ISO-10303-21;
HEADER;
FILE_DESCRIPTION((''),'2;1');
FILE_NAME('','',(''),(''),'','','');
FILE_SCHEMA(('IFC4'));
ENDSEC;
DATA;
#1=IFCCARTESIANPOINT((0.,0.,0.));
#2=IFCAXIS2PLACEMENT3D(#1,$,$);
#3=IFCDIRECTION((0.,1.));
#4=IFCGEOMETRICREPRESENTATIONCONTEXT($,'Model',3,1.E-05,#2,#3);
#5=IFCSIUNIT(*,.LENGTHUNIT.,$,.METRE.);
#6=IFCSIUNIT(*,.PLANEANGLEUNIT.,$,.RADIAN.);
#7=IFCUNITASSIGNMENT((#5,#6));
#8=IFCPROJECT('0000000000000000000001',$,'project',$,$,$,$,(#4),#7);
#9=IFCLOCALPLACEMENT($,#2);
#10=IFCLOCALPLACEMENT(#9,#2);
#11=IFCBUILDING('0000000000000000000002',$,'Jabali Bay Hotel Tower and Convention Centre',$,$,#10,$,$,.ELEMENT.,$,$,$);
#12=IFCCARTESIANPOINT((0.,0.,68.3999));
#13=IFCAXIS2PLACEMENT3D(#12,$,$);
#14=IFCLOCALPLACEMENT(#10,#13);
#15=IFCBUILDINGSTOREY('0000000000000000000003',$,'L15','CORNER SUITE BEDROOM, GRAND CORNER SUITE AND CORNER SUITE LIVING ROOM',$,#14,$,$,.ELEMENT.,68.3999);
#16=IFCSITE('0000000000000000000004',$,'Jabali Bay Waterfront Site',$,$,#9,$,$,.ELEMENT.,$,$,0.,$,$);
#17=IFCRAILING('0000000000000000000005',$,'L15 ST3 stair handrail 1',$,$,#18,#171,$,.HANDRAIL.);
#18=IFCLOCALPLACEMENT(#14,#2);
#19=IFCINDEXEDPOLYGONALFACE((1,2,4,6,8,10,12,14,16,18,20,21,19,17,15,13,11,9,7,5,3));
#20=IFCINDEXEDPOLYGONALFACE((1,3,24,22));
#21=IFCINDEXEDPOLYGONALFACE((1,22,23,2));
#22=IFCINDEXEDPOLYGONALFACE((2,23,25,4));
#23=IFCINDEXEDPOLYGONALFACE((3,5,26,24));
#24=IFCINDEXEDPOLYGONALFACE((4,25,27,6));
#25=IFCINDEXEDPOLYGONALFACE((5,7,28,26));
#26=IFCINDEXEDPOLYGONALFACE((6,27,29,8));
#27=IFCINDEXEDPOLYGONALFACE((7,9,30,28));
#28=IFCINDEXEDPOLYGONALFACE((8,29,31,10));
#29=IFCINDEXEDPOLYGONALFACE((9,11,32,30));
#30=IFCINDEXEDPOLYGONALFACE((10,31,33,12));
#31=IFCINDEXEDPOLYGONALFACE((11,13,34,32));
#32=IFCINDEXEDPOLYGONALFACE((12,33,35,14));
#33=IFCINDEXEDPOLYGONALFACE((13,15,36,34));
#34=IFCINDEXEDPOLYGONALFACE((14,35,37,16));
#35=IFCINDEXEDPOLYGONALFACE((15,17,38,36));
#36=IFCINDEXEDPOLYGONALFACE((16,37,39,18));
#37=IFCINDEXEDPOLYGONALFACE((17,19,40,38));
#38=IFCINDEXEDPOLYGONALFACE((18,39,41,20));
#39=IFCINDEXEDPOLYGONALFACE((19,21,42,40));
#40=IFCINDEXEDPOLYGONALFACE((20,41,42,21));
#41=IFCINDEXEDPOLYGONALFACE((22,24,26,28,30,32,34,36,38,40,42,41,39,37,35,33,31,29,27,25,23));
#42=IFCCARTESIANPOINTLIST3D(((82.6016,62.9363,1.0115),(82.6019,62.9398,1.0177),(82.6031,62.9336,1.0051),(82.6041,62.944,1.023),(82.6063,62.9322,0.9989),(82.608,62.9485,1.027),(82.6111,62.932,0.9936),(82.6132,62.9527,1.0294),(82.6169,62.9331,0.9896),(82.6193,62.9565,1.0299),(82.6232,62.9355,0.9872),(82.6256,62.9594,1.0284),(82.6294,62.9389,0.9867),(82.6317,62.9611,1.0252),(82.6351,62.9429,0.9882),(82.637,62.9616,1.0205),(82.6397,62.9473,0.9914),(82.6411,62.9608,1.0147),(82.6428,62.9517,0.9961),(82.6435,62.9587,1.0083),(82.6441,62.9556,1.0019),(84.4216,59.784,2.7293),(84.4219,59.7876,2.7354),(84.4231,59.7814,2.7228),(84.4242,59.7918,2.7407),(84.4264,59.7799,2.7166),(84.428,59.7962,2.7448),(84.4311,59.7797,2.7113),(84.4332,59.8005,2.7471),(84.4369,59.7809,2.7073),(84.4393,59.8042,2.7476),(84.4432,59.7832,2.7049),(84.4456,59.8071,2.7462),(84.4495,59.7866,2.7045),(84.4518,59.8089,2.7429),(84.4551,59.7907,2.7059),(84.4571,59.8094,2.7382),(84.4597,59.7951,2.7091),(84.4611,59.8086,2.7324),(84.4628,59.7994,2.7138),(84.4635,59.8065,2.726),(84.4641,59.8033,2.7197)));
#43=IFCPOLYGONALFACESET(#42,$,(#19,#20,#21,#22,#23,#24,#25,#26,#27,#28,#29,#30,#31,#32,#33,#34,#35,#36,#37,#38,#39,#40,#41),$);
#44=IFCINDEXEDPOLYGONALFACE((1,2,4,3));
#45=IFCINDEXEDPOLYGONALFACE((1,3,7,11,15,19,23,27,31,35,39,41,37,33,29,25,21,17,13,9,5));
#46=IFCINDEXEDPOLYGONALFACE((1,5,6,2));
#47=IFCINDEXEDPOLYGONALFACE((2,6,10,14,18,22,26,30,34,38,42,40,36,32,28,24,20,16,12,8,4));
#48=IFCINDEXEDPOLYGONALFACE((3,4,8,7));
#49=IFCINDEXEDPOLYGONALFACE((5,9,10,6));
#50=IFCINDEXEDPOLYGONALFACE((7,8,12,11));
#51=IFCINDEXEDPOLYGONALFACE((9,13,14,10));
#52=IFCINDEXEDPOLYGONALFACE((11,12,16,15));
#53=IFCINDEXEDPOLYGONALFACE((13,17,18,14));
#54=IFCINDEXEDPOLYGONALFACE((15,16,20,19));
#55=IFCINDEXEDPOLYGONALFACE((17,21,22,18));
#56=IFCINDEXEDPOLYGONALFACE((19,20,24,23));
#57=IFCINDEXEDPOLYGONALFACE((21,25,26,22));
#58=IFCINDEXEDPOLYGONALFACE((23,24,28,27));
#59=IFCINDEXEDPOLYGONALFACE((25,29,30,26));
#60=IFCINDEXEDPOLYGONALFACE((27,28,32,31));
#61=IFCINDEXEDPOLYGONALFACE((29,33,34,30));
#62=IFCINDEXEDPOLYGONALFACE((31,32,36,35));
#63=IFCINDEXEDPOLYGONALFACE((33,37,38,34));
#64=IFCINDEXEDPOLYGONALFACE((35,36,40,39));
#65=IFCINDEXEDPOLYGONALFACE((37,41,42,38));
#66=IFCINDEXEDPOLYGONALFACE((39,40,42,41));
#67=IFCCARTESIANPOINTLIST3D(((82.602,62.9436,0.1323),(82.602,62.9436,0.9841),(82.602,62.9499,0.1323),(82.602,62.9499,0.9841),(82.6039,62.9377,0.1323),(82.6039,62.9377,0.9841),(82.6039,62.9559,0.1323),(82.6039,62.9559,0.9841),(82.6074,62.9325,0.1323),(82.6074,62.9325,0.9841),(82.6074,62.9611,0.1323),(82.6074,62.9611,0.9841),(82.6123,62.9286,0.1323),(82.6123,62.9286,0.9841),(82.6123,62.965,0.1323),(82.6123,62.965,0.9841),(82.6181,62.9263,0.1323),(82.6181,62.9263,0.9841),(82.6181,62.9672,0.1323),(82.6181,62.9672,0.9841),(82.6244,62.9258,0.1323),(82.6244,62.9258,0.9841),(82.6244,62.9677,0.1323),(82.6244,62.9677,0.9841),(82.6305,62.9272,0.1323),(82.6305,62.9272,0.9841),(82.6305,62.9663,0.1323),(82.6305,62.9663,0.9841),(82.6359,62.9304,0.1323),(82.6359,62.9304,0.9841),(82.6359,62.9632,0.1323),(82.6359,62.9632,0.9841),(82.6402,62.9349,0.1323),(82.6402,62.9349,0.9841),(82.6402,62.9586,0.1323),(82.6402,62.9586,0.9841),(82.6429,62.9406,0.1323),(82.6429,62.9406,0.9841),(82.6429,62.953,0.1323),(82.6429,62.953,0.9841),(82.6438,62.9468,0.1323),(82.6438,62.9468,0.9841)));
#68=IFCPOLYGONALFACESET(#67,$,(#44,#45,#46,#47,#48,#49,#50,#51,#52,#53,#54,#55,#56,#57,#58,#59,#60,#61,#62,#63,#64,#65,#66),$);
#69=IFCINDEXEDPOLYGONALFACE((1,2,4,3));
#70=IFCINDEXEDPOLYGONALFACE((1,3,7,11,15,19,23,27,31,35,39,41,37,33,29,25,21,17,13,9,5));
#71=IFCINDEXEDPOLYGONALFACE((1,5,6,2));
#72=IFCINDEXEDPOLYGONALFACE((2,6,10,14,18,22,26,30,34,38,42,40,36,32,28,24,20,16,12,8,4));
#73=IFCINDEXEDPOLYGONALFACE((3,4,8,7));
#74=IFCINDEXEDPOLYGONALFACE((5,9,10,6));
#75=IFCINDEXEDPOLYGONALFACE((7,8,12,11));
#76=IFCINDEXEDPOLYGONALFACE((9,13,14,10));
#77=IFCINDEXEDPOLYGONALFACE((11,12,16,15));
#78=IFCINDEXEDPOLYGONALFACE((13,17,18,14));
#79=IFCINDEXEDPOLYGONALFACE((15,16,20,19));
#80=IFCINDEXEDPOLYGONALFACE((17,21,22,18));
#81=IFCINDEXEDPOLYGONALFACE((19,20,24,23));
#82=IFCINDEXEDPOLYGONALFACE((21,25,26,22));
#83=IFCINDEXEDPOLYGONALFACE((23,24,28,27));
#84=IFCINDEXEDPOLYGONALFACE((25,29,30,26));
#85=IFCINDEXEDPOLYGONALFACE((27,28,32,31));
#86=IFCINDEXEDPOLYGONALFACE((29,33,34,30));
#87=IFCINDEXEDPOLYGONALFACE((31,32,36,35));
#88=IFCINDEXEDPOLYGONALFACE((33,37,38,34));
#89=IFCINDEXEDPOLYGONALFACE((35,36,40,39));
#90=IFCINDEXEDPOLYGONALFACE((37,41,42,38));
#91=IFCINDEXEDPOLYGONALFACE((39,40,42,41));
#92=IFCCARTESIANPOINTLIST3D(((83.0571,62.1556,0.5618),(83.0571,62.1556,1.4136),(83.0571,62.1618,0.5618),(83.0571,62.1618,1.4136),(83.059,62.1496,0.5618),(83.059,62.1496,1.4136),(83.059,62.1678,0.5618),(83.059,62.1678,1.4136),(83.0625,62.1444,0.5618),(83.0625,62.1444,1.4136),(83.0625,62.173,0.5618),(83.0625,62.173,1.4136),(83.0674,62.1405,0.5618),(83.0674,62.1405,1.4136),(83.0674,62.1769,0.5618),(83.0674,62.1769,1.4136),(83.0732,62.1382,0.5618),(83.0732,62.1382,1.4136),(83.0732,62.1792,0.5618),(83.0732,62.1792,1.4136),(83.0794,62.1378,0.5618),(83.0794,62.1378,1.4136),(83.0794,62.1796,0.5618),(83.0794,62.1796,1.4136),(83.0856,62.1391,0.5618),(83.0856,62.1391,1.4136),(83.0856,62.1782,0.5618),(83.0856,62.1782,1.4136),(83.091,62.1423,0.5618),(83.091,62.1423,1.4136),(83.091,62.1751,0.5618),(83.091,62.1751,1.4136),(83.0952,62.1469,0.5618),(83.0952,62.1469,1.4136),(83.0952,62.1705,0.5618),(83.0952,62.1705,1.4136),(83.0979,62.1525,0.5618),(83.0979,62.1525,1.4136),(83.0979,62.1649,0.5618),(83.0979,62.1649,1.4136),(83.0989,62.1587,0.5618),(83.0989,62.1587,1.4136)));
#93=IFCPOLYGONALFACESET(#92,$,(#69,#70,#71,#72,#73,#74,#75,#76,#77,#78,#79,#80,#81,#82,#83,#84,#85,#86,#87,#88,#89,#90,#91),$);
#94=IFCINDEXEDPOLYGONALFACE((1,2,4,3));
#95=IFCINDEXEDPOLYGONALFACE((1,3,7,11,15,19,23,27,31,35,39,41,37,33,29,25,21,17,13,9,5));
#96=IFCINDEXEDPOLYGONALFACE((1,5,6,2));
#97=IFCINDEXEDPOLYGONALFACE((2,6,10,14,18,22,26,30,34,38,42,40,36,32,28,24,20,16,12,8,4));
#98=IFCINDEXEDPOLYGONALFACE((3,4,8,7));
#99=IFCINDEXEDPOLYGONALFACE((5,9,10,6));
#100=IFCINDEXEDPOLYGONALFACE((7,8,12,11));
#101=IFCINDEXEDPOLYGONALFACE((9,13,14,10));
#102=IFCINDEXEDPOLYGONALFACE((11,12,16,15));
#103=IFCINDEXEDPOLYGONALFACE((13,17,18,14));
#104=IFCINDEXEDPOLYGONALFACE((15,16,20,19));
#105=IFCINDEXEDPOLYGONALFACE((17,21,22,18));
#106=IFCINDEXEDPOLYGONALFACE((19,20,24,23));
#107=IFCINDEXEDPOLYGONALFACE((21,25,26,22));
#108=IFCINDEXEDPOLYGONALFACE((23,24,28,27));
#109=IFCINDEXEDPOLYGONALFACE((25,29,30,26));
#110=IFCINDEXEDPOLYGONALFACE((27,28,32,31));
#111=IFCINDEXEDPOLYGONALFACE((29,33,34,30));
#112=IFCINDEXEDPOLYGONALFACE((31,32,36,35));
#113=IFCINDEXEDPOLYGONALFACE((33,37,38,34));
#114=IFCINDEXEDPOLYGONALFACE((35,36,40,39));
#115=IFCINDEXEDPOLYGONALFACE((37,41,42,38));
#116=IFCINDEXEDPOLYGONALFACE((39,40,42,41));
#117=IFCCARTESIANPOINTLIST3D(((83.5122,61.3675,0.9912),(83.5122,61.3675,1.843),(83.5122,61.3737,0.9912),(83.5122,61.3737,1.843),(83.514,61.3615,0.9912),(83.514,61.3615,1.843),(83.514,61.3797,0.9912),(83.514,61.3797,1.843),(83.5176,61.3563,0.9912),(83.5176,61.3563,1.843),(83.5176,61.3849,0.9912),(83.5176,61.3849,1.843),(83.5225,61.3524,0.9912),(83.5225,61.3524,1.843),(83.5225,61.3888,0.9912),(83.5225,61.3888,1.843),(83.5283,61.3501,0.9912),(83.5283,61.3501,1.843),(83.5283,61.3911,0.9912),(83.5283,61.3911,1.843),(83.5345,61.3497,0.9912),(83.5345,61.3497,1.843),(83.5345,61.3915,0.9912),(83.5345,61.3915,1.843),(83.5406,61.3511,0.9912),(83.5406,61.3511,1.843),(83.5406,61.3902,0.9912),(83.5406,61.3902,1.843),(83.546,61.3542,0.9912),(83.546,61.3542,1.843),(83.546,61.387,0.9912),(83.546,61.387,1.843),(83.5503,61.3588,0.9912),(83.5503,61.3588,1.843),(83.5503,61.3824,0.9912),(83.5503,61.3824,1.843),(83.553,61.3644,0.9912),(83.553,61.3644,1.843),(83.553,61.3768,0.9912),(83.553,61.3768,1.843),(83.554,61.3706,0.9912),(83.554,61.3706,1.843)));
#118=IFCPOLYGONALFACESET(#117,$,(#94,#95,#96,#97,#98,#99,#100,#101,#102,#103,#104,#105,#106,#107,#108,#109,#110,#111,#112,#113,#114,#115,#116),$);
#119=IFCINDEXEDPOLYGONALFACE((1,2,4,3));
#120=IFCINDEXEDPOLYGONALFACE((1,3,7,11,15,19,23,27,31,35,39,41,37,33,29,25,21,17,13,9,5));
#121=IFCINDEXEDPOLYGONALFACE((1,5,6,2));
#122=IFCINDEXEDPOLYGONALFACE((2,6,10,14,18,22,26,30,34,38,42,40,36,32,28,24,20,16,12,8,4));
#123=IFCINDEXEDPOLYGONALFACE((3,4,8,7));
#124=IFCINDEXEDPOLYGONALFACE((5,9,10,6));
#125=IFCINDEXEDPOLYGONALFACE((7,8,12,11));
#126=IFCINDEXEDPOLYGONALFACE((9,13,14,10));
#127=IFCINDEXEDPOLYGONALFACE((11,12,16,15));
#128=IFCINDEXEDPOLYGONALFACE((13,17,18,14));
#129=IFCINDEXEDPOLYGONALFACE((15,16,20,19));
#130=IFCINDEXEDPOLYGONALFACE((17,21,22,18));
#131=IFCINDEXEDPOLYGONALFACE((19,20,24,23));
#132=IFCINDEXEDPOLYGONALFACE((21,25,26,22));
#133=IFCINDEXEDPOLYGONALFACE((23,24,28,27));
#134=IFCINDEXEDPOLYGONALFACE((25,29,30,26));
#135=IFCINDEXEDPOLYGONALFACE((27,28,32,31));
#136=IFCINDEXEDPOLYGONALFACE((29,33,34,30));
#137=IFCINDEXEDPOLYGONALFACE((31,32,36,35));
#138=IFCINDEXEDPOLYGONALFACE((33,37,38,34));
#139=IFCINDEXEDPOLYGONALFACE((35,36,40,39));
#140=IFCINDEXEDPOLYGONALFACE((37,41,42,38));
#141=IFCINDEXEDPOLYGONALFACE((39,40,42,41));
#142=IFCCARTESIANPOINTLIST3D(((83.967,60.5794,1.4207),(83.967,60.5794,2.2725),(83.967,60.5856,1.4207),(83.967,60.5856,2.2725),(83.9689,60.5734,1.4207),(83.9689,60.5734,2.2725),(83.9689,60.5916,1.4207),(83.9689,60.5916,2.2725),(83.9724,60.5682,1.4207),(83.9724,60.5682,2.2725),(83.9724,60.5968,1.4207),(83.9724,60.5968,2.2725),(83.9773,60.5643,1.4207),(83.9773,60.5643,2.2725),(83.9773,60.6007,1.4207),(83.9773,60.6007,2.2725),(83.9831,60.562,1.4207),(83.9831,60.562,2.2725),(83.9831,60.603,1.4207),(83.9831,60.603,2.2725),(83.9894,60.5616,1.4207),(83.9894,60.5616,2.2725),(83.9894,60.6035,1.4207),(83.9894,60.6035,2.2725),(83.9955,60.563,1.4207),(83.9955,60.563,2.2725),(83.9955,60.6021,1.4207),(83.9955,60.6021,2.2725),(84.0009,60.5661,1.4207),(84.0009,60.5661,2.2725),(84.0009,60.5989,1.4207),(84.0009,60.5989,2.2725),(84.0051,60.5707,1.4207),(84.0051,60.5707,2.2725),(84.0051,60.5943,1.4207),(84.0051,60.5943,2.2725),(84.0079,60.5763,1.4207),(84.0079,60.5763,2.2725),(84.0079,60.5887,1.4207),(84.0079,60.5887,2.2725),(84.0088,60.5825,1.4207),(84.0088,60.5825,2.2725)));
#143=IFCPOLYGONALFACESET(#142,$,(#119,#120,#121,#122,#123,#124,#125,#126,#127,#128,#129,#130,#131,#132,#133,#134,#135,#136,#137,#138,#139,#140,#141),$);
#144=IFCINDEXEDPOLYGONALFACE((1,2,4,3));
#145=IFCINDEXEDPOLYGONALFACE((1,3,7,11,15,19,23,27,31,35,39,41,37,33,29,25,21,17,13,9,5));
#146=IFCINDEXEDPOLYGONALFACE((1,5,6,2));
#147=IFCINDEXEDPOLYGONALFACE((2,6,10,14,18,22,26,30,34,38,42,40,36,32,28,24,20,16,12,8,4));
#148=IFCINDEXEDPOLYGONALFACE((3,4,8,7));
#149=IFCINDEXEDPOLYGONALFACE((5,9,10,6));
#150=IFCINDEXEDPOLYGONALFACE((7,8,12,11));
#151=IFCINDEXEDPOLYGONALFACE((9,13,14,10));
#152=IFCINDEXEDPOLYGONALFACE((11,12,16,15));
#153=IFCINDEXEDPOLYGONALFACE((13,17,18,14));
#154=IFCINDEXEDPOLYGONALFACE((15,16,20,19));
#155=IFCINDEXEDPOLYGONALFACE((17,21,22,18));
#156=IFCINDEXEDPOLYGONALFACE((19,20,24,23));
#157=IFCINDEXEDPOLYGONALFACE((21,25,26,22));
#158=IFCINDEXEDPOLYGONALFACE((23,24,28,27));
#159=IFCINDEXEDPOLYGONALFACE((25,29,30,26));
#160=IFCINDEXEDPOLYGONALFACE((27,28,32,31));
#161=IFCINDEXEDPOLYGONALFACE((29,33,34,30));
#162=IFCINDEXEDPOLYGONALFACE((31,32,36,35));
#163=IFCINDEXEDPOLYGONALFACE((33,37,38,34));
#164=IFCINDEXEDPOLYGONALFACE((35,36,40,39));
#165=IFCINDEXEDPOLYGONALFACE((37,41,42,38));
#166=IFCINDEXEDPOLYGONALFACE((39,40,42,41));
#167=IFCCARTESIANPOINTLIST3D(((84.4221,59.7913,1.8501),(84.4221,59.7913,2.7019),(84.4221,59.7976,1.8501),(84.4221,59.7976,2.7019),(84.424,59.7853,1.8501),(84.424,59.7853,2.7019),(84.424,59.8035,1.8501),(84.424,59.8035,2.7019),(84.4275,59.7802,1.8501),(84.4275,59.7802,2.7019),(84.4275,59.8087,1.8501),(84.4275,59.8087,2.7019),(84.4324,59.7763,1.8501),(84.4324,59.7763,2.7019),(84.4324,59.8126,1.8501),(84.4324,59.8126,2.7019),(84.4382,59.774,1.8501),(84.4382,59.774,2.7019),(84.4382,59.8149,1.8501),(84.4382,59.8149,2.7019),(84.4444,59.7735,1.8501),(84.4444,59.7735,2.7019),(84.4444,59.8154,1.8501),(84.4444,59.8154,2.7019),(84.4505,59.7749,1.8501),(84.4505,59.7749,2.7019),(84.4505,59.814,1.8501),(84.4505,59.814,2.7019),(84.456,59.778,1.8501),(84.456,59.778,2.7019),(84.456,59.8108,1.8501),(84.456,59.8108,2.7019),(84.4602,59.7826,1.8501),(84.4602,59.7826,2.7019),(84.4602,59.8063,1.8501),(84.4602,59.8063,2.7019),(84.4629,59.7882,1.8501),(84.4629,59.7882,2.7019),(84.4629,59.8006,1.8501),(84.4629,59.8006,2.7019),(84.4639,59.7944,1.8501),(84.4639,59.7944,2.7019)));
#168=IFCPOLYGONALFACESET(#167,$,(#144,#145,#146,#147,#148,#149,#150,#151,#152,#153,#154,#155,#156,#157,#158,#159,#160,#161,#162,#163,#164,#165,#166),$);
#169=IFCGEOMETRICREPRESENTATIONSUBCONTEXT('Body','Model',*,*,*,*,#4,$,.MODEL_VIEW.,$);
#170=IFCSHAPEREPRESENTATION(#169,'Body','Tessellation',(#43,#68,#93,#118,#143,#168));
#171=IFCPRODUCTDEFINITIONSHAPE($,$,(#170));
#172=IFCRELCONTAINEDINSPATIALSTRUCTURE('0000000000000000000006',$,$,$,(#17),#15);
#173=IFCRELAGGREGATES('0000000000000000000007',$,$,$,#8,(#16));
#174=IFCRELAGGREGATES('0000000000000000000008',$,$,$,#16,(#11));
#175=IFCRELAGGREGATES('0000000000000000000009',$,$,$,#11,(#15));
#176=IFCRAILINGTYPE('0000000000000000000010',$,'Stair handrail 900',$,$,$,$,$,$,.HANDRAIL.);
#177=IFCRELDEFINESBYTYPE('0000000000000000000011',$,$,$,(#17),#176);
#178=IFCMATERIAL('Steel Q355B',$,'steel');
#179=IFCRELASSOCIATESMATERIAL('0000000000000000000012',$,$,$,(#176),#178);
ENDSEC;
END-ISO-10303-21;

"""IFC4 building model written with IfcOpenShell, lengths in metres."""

from ifc_helpers import new_model, si_unit, direction, frame, origin, origin_2d, place, context, subcontext, project, spatial, circle, extrude, material, type_object, element, save


model = new_model("IFC4")

# Units and contexts
model_context = context("Model", 3, precision=1e-05, world=origin(), true_north=direction((0.0, 1.0)))
body_context = subcontext(model_context, "Body", "Model", "MODEL_VIEW")
ifc_project = project(units=[si_unit("LENGTHUNIT", "METRE"), si_unit("PLANEANGLEUNIT", "RADIAN")], contexts=[model_context])

# Site, building, storey
site_placement = place(None, origin())
site = spatial("IfcSite", under=ifc_project, at=site_placement, Name="Jabali Bay Waterfront Site", CompositionType="ELEMENT", RefElevation=0.0)
building_placement = place(site_placement, origin())
building = spatial("IfcBuilding", under=site, at=building_placement, Name="Jabali Bay Hotel Tower and Convention Centre", CompositionType="ELEMENT")
storey_placement = place(building_placement, frame((0.0, 0.0, 68.3999)))
storey = spatial("IfcBuildingStorey", under=building, at=storey_placement, Name="L15", Description="CORNER SUITE BEDROOM, GRAND CORNER SUITE AND CORNER SUITE LIVING ROOM", CompositionType="ELEMENT", Elevation=68.3999)

# Railing
ifc_material_1 = material(Name="Steel Q355B", Category="steel")
railing_type_1 = type_object("IfcRailingType", Name="Stair handrail 900", PredefinedType="HANDRAIL", material=ifc_material_1)
railing_1_placement = place(storey_placement, frame((82.6228, 62.9468, 0.1323)))
element("IfcRailing", 1, at=railing_1_placement, inside=storey, type_object=railing_type_1, Name="L15 ST3 stair handrail 1", PredefinedType="HANDRAIL", context=body_context, shape_type="SweptSolid", body=[
    extrude(circle(Radius=0.0239, at=origin_2d()), frame((0.0, 0.0, 0.876), z_axis=(0.45219, -0.78319, 0.426775), x_axis=(0.866018, 0.500013, 0.0)), (0.0, 0.0, 1.0), 4.0249),
    extrude(circle(Radius=0.021, at=origin_2d()), origin(), (0.0, 0.0, 1.0), 0.8518),
    extrude(circle(Radius=0.021, at=origin_2d()), frame((0.4551, -0.7881, 0.4294)), (0.0, 0.0, 1.0), 0.8518),
    extrude(circle(Radius=0.021, at=origin_2d()), frame((0.9102, -1.5762, 0.8589)), (0.0, 0.0, 1.0), 0.8518),
    extrude(circle(Radius=0.021, at=origin_2d()), frame((1.365, -2.3643, 1.2883)), (0.0, 0.0, 1.0), 0.8518),
    extrude(circle(Radius=0.021, at=origin_2d()), frame((1.8201, -3.1523, 1.7178)), (0.0, 0.0, 1.0), 0.8518),
])

save(model, "model.ifc")
